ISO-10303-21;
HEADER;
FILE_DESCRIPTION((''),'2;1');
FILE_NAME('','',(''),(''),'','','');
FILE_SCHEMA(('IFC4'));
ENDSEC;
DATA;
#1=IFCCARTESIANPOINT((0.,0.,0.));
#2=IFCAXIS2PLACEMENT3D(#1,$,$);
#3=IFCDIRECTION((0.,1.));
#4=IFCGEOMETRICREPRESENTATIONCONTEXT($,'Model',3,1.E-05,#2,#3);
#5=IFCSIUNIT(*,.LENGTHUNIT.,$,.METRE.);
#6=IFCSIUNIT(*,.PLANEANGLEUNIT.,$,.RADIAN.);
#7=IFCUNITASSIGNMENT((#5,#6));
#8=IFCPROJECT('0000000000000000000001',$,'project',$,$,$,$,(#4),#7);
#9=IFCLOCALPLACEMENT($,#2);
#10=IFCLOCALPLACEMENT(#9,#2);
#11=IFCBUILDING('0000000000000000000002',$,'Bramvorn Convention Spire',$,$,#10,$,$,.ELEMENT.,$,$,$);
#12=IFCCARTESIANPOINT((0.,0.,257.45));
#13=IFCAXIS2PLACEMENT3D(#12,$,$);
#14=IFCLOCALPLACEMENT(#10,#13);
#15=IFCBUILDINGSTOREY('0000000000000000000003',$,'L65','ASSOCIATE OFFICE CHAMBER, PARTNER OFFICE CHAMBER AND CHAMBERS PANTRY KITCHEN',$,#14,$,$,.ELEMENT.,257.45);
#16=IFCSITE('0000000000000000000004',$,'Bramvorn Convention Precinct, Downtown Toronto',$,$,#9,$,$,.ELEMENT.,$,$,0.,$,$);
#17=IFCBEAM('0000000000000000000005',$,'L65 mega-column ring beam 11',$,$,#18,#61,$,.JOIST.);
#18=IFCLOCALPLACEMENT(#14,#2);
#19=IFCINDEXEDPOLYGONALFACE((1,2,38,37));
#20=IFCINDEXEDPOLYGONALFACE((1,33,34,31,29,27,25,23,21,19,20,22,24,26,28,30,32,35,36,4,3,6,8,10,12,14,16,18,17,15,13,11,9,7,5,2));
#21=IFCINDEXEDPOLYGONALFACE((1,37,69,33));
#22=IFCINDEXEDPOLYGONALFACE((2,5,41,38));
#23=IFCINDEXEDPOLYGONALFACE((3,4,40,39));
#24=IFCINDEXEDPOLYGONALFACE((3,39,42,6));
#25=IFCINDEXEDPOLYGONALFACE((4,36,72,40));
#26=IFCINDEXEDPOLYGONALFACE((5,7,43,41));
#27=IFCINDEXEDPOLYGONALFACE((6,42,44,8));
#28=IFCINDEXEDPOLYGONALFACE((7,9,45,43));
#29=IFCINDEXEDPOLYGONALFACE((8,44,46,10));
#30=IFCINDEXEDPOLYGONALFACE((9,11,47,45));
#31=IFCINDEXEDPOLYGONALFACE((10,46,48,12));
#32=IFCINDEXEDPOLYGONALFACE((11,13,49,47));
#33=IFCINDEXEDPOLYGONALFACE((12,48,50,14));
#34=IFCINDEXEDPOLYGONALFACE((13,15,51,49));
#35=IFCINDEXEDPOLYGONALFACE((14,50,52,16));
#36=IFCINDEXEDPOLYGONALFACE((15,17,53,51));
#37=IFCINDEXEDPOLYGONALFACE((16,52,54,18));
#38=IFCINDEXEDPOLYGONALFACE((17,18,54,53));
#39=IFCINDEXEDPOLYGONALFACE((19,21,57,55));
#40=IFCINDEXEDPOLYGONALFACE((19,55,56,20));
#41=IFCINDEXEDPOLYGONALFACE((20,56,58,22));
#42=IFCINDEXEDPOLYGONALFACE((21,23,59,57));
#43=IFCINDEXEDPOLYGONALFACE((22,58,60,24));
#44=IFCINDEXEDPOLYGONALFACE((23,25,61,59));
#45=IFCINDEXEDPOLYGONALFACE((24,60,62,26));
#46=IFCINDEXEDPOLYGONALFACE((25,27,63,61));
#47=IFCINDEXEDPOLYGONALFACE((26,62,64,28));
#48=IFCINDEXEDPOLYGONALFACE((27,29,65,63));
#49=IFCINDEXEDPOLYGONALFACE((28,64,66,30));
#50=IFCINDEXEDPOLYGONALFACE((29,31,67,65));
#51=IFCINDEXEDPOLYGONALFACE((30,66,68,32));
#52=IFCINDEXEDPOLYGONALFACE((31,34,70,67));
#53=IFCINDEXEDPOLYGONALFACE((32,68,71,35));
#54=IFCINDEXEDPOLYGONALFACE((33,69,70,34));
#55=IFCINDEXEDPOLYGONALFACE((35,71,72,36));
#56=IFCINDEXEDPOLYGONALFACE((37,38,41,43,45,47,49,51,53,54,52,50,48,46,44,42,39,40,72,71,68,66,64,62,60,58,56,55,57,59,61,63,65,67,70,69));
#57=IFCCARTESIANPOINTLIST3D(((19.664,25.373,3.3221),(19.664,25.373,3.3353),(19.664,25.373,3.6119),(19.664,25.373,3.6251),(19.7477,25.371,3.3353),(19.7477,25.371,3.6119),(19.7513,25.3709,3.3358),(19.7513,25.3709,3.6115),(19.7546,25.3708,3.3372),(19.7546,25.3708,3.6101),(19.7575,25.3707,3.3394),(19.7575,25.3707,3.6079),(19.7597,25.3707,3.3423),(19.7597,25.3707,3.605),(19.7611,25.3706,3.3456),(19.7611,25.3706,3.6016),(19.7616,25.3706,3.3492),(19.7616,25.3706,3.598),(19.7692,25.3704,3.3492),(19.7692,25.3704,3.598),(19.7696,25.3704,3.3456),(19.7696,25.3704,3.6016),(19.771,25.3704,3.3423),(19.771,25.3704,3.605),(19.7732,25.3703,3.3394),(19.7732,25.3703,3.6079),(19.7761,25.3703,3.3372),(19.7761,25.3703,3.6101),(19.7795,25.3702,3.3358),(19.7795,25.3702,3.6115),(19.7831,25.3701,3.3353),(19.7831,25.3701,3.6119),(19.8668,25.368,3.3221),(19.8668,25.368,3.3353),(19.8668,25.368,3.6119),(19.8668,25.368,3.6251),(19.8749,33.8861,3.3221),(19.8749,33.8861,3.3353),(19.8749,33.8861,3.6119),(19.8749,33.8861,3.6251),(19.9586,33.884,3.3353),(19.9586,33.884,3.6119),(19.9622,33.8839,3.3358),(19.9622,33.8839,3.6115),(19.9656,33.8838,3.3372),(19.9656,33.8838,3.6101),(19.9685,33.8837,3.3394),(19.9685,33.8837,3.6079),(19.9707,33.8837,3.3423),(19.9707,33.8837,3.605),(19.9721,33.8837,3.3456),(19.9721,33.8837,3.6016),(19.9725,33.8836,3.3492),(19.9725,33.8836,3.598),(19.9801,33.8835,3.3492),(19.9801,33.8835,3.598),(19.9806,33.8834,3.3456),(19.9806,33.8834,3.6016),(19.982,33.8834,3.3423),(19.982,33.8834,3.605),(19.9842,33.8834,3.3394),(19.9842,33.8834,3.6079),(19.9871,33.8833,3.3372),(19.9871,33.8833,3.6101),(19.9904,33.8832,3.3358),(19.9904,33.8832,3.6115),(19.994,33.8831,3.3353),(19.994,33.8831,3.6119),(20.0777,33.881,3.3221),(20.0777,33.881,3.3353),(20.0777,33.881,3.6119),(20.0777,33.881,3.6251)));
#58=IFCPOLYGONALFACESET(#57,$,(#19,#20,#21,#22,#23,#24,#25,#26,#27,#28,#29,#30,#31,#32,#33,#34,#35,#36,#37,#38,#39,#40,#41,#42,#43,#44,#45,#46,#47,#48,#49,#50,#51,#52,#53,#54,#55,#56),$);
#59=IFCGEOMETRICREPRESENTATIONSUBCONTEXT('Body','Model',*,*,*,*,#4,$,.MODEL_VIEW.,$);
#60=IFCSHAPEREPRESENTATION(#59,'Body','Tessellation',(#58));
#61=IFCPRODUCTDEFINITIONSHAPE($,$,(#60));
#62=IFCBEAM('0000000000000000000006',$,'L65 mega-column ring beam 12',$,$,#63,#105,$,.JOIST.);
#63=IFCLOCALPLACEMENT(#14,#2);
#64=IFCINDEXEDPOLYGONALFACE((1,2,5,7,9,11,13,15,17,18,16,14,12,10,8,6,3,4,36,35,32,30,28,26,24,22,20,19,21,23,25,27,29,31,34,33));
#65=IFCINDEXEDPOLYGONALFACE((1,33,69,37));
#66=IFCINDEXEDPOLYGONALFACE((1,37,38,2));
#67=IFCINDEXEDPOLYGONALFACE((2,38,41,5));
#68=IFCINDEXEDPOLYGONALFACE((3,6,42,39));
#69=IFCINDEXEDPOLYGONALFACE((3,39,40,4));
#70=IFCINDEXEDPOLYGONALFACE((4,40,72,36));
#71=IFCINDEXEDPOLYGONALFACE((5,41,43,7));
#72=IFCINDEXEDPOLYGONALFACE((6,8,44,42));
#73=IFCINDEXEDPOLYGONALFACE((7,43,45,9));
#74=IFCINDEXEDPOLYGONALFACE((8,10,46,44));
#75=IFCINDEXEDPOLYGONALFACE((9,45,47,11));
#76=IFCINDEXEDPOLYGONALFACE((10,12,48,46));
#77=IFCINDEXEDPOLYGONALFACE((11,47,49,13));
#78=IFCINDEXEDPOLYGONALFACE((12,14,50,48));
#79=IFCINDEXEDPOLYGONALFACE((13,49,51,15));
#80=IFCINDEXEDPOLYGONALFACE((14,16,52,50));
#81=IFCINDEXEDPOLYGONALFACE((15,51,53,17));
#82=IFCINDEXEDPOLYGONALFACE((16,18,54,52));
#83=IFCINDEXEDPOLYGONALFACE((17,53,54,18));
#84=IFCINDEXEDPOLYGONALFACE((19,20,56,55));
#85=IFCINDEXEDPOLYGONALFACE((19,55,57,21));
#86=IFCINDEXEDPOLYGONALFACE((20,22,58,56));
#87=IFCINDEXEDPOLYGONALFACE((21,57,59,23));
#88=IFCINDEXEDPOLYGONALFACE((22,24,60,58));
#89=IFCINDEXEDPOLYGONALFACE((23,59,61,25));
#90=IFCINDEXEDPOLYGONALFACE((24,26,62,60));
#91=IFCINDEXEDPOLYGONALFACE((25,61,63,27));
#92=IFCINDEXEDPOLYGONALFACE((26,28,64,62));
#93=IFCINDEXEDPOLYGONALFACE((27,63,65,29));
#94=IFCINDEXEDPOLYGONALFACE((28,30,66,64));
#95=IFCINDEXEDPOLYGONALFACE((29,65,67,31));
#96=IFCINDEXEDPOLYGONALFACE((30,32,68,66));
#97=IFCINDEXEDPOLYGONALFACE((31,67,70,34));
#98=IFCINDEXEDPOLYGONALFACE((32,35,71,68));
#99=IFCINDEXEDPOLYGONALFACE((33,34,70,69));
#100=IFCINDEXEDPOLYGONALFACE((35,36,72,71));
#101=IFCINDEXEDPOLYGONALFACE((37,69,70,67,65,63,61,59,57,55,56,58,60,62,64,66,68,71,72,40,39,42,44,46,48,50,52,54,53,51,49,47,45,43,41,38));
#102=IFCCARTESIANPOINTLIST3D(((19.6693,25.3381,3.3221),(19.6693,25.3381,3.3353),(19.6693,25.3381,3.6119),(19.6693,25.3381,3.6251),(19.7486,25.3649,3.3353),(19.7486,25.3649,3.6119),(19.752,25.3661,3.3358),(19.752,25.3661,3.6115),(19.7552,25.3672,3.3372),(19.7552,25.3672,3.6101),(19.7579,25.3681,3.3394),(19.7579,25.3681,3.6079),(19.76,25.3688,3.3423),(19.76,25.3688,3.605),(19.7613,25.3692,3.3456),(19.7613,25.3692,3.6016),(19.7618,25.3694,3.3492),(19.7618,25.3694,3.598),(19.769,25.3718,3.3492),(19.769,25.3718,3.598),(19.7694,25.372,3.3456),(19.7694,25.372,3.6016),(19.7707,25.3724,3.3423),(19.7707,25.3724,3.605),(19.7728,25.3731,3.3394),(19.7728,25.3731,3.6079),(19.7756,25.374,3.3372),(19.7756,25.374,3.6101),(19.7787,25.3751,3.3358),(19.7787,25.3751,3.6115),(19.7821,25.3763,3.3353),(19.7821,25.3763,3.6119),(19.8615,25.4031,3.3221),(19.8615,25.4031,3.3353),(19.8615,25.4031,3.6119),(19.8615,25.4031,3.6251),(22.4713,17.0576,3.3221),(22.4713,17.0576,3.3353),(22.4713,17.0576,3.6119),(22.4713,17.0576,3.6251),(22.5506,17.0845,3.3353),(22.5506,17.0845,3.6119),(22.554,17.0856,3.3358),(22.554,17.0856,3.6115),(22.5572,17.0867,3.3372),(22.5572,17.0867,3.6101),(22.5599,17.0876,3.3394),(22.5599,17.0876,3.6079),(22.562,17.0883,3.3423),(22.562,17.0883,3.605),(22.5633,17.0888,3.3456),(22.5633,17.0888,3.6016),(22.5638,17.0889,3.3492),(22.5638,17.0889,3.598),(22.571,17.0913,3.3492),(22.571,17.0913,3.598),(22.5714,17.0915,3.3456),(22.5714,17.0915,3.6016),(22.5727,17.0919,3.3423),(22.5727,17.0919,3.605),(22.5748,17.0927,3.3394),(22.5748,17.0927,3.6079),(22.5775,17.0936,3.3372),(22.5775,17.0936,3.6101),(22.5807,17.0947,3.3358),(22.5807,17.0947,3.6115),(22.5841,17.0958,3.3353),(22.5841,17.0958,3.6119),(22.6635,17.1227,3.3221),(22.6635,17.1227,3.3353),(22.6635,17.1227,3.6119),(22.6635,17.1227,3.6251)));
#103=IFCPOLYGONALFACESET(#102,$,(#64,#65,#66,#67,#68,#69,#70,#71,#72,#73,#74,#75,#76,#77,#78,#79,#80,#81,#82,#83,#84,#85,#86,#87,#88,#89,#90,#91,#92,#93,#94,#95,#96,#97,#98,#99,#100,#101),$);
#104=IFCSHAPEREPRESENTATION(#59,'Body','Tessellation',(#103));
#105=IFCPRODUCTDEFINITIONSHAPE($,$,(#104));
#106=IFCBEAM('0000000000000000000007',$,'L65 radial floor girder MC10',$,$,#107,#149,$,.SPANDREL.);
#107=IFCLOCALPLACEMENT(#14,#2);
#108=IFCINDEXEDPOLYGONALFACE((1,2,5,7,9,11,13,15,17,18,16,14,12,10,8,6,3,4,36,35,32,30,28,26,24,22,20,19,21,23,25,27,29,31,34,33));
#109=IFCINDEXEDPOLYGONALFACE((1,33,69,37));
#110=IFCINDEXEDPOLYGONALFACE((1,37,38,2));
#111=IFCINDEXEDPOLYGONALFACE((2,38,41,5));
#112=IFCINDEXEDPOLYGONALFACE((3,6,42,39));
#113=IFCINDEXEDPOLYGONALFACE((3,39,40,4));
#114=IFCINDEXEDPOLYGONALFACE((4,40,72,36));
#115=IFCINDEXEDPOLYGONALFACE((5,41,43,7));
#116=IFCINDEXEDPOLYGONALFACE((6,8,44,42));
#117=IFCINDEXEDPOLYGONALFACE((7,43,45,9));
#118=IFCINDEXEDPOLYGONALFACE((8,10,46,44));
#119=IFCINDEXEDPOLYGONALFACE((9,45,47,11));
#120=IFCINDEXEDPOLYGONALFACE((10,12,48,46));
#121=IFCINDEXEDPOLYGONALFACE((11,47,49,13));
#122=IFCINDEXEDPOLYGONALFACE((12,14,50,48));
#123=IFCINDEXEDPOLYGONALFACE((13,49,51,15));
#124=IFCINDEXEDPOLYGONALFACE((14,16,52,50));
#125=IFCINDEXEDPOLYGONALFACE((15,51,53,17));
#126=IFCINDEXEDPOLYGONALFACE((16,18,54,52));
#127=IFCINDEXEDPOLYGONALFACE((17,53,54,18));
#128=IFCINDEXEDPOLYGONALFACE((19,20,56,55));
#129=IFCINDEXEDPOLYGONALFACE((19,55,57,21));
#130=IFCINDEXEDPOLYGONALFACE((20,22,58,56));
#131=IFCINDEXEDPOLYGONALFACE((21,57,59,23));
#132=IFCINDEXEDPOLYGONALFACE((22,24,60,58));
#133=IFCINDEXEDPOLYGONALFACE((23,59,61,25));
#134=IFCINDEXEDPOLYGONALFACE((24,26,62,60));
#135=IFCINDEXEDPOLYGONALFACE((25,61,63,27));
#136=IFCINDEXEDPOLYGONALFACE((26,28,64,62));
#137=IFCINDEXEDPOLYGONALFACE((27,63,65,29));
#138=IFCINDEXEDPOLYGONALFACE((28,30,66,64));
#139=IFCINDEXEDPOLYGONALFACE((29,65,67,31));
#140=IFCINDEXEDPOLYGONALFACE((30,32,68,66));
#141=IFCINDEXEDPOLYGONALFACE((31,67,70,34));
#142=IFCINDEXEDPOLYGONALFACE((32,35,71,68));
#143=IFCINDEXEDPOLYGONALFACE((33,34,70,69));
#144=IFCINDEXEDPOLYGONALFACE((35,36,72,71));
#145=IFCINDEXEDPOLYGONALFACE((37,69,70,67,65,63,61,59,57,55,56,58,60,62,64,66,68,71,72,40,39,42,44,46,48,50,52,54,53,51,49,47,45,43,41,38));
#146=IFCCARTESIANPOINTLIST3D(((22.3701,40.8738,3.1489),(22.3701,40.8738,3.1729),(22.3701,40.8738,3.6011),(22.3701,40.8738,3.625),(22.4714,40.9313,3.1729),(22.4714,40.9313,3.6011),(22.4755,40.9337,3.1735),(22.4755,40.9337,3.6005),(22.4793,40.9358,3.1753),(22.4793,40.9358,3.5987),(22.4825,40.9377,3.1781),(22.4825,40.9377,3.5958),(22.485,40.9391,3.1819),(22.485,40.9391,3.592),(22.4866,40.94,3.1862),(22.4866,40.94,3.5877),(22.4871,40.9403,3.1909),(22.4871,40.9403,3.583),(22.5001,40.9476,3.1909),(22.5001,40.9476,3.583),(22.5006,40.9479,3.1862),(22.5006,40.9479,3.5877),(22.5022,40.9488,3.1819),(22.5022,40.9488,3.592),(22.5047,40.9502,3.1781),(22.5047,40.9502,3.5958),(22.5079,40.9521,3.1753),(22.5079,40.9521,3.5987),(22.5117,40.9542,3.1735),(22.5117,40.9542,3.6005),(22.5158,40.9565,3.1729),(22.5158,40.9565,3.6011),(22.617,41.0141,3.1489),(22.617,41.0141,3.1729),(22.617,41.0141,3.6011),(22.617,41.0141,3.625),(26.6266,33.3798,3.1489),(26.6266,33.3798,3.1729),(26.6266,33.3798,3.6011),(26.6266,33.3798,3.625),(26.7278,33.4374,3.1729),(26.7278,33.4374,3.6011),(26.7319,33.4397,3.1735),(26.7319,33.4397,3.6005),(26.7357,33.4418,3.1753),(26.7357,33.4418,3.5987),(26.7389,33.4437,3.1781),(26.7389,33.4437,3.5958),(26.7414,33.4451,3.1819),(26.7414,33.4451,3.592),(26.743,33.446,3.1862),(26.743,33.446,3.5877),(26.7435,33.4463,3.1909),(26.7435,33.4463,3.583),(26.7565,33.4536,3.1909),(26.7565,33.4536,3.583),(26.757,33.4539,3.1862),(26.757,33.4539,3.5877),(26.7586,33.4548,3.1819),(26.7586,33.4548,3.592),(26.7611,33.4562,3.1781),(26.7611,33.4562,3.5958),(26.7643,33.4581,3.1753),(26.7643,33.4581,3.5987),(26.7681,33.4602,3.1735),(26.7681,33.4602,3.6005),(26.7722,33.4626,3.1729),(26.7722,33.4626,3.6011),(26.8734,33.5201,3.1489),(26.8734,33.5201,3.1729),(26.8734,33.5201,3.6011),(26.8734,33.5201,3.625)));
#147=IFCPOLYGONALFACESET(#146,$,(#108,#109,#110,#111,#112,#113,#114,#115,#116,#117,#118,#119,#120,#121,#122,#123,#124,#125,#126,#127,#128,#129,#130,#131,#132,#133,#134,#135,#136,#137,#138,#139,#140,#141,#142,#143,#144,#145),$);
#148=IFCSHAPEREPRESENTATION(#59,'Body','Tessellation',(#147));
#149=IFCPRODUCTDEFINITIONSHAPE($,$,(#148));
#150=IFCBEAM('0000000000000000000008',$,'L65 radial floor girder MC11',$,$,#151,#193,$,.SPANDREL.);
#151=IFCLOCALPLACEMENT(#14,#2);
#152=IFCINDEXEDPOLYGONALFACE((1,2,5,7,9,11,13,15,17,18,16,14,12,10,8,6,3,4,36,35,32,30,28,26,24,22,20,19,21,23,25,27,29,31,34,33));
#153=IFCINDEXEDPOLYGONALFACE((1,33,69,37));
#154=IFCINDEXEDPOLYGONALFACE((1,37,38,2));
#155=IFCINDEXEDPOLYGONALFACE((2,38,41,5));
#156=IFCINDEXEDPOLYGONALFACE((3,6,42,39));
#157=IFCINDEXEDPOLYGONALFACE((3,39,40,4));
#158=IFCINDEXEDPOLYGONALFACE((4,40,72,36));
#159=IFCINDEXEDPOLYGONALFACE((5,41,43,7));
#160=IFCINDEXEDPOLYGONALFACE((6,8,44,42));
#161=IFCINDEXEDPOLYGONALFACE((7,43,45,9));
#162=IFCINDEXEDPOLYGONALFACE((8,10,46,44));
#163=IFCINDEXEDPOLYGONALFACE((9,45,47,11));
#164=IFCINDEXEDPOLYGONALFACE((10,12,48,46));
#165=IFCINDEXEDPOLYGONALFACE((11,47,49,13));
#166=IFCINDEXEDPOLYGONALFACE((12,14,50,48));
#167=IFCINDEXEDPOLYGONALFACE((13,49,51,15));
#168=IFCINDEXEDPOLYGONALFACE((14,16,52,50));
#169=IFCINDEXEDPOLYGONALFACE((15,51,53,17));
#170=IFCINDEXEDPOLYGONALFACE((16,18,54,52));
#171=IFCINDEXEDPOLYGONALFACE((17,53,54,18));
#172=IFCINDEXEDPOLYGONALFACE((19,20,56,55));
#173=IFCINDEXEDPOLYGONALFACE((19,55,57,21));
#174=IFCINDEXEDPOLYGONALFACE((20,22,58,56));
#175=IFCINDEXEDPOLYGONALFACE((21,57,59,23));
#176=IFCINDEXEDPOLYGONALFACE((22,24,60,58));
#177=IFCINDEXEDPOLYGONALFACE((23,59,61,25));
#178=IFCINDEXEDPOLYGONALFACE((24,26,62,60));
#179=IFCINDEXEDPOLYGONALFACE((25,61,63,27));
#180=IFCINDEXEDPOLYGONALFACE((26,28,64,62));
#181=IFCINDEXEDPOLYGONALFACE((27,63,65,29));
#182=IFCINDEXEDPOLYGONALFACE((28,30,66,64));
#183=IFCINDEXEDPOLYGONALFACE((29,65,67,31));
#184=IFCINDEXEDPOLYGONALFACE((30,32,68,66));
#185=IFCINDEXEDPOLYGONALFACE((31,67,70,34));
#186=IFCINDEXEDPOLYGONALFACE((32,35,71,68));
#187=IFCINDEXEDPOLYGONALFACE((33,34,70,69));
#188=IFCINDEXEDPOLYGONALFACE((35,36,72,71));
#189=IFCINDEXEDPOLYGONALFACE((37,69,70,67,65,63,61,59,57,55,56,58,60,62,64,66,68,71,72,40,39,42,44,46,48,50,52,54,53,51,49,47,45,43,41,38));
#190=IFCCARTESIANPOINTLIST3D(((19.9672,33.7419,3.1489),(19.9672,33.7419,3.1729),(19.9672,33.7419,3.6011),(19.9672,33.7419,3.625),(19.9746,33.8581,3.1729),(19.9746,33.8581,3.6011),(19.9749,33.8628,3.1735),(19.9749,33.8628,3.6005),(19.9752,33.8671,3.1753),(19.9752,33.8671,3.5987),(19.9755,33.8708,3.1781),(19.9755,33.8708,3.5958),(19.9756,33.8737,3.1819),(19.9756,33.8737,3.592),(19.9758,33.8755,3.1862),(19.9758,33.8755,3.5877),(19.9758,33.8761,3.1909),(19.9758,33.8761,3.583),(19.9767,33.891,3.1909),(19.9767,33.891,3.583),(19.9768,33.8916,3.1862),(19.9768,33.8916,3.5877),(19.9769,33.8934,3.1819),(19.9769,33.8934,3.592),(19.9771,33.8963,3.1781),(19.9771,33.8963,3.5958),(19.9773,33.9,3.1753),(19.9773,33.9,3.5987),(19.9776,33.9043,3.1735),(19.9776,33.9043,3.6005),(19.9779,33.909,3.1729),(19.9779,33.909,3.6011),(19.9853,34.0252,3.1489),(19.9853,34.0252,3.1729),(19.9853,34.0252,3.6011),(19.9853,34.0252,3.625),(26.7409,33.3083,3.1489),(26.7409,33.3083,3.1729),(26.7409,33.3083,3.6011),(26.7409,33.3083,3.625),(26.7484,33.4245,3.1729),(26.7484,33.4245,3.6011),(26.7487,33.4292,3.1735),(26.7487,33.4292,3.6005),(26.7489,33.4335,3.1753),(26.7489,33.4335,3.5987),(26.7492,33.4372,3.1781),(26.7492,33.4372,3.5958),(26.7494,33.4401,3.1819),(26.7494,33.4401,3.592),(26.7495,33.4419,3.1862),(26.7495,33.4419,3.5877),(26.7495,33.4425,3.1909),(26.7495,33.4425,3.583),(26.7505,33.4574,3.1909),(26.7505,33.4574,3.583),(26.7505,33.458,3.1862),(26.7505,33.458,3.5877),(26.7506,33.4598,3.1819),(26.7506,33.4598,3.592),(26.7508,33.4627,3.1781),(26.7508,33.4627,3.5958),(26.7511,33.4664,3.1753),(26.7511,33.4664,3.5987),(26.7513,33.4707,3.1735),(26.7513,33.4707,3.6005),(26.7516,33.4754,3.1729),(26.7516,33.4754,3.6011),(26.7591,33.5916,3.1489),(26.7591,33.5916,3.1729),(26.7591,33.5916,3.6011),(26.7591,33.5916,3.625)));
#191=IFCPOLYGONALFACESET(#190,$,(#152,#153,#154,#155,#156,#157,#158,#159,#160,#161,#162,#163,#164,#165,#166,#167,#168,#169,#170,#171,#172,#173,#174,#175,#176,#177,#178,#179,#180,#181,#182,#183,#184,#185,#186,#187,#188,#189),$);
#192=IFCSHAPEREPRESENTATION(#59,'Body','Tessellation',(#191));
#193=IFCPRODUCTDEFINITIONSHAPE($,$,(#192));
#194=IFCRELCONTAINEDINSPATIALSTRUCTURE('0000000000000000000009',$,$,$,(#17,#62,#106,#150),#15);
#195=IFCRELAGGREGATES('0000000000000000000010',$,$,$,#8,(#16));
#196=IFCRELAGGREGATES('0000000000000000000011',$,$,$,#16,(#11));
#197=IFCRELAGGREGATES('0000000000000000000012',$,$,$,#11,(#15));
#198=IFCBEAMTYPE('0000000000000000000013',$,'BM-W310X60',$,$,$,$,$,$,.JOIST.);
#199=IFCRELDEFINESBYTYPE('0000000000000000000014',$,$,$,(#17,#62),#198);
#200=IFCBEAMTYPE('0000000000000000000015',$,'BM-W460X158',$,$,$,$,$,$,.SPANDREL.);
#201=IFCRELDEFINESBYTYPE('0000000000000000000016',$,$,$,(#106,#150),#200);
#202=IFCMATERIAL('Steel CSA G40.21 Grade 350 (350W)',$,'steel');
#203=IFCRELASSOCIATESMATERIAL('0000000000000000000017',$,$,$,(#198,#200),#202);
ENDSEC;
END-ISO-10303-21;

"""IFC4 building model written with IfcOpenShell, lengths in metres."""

from ifc_helpers import new_model, si_unit, direction, frame, origin, origin_2d, place, context, subcontext, project, spatial, i_section, extrude, material, material_profile, profile_set, type_object, element, save


model = new_model("IFC4")

# Units and contexts
model_context = context("Model", 3, precision=1e-05, world=origin(), true_north=direction((0.0, 1.0)))
body_context = subcontext(model_context, "Body", "Model", "MODEL_VIEW")
ifc_project = project(units=[si_unit("LENGTHUNIT", "METRE"), si_unit("PLANEANGLEUNIT", "RADIAN")], contexts=[model_context])

# Site, building, storey
site_placement = place(None, origin())
site = spatial("IfcSite", under=ifc_project, at=site_placement, Name="Bramvorn Convention Precinct, Downtown Toronto", CompositionType="ELEMENT", RefElevation=0.0)
building_placement = place(site_placement, origin())
building = spatial("IfcBuilding", under=site, at=building_placement, Name="Bramvorn Convention Spire", CompositionType="ELEMENT")
storey_placement = place(building_placement, frame((0.0, 0.0, 257.45)))
storey = spatial("IfcBuildingStorey", under=building, at=storey_placement, Name="L65", Description="ASSOCIATE OFFICE CHAMBER, PARTNER OFFICE CHAMBER AND CHAMBERS PANTRY KITCHEN", CompositionType="ELEMENT", Elevation=257.45)

# Shared definitions
ifc_material_1 = material(Name="Steel CSA G40.21 Grade 350 (350W)", Category="steel")

# Beams
ifc_material_profile_1 = material_profile(ifc_material_1, i_section(OverallWidth=0.2029, OverallDepth=0.303, WebThickness=0.0076, FlangeThickness=0.0132, FilletRadius=0.0139, at=origin_2d()))
ifc_profile_set_1 = profile_set([ifc_material_profile_1], Name="Steel CSA G40.21 Grade 350 (350W) - W310X60")
beam_type_1 = type_object("IfcBeamType", Name="BM-W310X60", PredefinedType="JOIST", material=ifc_profile_set_1)
beam_1_placement = place(storey_placement, frame((19.9763, 33.8835, 3.4736), z_axis=(-0.024771, -0.999693, 0.0), x_axis=(0.999693, -0.024771, 0.0)))
element("IfcBeam", 1, at=beam_1_placement, inside=storey, type_object=beam_type_1, Name="L65 mega-column ring beam 11", PredefinedType="JOIST", context=body_context, shape_type="SweptSolid", body=[
    extrude(i_section(OverallWidth=0.2029, OverallDepth=0.303, WebThickness=0.0076, FlangeThickness=0.0132, FilletRadius=0.0139, at=origin_2d()), origin(), (0.0, 0.0, 1.0), 8.5156),
])
beam_2_placement = place(storey_placement, frame((19.7654, 25.3706, 3.4736), z_axis=(0.320531, -0.947238, 0.0), x_axis=(0.947238, 0.320531, 0.0)))
element("IfcBeam", 2, at=beam_2_placement, inside=storey, type_object=beam_type_1, Name="L65 mega-column ring beam 12", PredefinedType="JOIST", context=body_context, shape_type="SweptSolid", body=[
    extrude(i_section(OverallWidth=0.2029, OverallDepth=0.303, WebThickness=0.0076, FlangeThickness=0.0132, FilletRadius=0.0139, at=origin_2d()), origin(), (0.0, 0.0, 1.0), 8.7417),
])
ifc_material_profile_2 = material_profile(ifc_material_1, i_section(OverallWidth=0.2839, OverallDepth=0.4761, WebThickness=0.0149, FlangeThickness=0.0239, FilletRadius=0.0181, at=origin_2d()))
ifc_profile_set_2 = profile_set([ifc_material_profile_2], Name="Steel CSA G40.21 Grade 350 (350W) - W460X158")
beam_type_2 = type_object("IfcBeamType", Name="BM-W460X158", PredefinedType="SPANDREL", material=ifc_profile_set_2)
beam_3_placement = place(storey_placement, frame((26.75, 33.45, 3.387), z_axis=(-0.493874, 0.869534, 0.0), x_axis=(-0.869534, -0.493874, 0.0)))
element("IfcBeam", 3, at=beam_3_placement, inside=storey, type_object=beam_type_2, Name="L65 radial floor girder MC10", PredefinedType="SPANDREL", context=body_context, shape_type="SweptSolid", body=[
    extrude(i_section(OverallWidth=0.2839, OverallDepth=0.4761, WebThickness=0.0149, FlangeThickness=0.0239, FilletRadius=0.0181, at=origin_2d()), origin(), (0.0, 0.0, 1.0), 8.6184),
])
beam_4_placement = place(storey_placement, frame((26.75, 33.45, 3.387), z_axis=(-0.997958, 0.063881, 0.0), x_axis=(-0.063881, -0.997958, 0.0)))
element("IfcBeam", 4, at=beam_4_placement, inside=storey, type_object=beam_type_2, Name="L65 radial floor girder MC11", PredefinedType="SPANDREL", context=body_context, shape_type="SweptSolid", body=[
    extrude(i_section(OverallWidth=0.2839, OverallDepth=0.4761, WebThickness=0.0149, FlangeThickness=0.0239, FilletRadius=0.0181, at=origin_2d()), origin(), (0.0, 0.0, 1.0), 6.7876),
])

save(model, "model.ifc")
